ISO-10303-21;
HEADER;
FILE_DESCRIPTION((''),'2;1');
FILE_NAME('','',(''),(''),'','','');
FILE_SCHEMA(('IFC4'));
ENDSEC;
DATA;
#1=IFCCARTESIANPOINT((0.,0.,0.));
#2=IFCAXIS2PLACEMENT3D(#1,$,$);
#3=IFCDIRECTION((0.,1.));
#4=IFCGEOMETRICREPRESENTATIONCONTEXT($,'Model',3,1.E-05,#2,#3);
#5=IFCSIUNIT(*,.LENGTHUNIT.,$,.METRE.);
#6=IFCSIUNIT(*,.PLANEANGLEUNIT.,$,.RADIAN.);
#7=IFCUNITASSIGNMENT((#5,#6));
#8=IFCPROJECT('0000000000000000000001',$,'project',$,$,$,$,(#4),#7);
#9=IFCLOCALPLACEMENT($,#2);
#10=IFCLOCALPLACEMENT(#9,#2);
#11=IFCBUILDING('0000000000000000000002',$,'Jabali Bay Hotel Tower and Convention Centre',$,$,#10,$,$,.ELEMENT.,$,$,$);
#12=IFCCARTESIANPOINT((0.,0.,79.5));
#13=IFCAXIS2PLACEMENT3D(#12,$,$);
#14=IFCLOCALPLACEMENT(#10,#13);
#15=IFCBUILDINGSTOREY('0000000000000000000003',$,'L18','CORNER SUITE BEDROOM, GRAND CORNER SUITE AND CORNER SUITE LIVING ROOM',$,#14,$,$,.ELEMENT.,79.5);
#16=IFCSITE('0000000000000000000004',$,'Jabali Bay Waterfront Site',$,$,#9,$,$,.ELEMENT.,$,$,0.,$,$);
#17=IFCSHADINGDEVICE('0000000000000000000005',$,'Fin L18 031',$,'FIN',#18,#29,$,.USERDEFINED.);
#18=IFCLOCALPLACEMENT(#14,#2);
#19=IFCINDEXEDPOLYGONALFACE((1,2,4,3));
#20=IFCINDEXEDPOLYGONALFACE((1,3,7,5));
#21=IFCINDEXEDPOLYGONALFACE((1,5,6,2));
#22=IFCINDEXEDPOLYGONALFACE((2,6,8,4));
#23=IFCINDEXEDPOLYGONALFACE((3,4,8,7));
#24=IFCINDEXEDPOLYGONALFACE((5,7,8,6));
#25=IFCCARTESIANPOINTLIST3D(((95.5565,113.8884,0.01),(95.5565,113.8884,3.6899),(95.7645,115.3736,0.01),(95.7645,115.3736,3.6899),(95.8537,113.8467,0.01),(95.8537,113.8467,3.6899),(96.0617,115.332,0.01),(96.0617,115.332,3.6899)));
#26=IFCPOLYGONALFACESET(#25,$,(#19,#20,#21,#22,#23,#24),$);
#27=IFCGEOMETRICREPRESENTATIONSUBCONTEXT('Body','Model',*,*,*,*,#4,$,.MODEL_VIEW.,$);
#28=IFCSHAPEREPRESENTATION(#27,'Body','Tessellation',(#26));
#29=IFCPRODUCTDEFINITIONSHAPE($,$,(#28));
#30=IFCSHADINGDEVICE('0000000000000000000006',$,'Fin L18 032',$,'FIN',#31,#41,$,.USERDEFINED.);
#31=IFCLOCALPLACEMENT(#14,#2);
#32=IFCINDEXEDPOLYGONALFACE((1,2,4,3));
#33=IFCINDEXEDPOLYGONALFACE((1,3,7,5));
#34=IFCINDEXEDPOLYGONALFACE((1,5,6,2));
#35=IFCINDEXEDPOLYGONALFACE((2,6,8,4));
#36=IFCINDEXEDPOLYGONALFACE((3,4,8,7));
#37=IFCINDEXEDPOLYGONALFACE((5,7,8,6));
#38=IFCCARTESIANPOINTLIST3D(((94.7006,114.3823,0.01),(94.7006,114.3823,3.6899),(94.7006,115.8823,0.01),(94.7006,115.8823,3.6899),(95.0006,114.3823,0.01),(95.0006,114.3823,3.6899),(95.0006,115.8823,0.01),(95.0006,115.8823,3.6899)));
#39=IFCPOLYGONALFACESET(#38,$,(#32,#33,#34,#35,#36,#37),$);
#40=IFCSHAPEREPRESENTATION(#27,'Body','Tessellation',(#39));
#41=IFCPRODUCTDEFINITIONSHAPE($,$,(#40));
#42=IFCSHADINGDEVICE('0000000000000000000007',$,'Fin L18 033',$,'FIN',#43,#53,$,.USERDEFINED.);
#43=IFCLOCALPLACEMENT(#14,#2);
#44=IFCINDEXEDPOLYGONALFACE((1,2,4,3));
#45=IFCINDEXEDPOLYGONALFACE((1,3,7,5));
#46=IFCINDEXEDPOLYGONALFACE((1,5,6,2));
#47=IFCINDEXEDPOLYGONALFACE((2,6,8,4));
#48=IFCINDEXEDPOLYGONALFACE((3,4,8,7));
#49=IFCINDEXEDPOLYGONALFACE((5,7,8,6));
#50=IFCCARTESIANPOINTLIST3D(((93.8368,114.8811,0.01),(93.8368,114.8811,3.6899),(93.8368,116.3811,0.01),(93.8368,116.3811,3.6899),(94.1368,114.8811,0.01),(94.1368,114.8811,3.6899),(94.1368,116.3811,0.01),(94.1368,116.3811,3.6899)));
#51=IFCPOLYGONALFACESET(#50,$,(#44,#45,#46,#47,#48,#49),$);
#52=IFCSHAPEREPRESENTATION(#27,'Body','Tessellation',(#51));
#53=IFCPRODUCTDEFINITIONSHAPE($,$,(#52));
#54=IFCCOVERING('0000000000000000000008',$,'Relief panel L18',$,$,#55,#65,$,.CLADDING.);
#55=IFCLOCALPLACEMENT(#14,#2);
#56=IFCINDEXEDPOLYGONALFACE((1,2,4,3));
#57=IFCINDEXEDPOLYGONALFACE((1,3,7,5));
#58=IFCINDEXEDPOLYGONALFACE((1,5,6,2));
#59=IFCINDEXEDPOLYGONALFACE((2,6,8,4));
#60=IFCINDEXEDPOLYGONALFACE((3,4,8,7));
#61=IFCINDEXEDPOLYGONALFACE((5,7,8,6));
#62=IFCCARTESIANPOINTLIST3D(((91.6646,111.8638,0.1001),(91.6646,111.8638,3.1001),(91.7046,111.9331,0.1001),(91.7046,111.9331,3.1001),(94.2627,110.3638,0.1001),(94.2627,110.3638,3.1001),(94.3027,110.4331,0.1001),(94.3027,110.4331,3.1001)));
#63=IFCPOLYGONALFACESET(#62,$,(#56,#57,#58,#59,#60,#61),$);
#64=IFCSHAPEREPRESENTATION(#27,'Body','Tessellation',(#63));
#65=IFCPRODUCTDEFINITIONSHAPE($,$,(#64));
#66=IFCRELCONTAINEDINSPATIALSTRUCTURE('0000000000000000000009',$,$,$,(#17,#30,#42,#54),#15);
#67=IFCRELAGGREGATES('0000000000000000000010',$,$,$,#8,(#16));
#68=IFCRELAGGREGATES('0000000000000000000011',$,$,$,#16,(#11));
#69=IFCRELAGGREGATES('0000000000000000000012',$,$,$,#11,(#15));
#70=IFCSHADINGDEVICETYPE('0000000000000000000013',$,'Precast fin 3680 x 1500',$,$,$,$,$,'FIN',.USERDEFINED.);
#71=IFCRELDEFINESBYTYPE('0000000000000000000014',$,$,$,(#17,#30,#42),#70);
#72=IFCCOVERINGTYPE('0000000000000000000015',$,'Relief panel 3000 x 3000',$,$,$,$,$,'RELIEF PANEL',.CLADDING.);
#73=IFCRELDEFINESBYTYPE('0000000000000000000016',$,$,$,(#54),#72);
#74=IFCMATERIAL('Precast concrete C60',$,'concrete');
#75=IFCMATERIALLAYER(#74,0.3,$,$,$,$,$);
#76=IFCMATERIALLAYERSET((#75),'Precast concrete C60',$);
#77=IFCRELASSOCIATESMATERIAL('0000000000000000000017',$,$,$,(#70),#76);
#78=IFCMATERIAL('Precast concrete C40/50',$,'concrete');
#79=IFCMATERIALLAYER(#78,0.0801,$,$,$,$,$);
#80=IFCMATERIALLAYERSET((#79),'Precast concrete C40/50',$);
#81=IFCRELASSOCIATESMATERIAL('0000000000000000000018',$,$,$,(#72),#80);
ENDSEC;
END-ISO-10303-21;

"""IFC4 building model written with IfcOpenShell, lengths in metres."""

from ifc_helpers import new_model, si_unit, direction, frame, frame_2d, origin, origin_2d, place, context, subcontext, project, spatial, rectangle, extrude, material, layer, layer_set, type_object, element, save


model = new_model("IFC4")

# Units and contexts
model_context = context("Model", 3, precision=1e-05, world=origin(), true_north=direction((0.0, 1.0)))
body_context = subcontext(model_context, "Body", "Model", "MODEL_VIEW")
ifc_project = project(units=[si_unit("LENGTHUNIT", "METRE"), si_unit("PLANEANGLEUNIT", "RADIAN")], contexts=[model_context])

# Site, building, storey
site_placement = place(None, origin())
site = spatial("IfcSite", under=ifc_project, at=site_placement, Name="Jabali Bay Waterfront Site", CompositionType="ELEMENT", RefElevation=0.0)
building_placement = place(site_placement, origin())
building = spatial("IfcBuilding", under=site, at=building_placement, Name="Jabali Bay Hotel Tower and Convention Centre", CompositionType="ELEMENT")
storey_placement = place(building_placement, frame((0.0, 0.0, 79.5)))
storey = spatial("IfcBuildingStorey", under=building, at=storey_placement, Name="L18", Description="CORNER SUITE BEDROOM, GRAND CORNER SUITE AND CORNER SUITE LIVING ROOM", CompositionType="ELEMENT", Elevation=79.5)

# Shading devices
ifc_material_1 = material(Name="Precast concrete C60", Category="concrete")
ifc_layer_1 = layer(ifc_material_1, 0.3)
ifc_layer_set_1 = layer_set([ifc_layer_1], Name="Precast concrete C60")
shading_device_type_1 = type_object("IfcShadingDeviceType", Name="Precast fin 3680 x 1500", ElementType="FIN", PredefinedType="USERDEFINED", material=ifc_layer_set_1)
shading_device_1_placement = place(storey_placement, frame((95.7051, 113.8674, 0.01), z_axis=(0.0, 0.0, 1.0), x_axis=(0.138686, 0.990336, 0.0)))
element("IfcShadingDevice", 1, at=shading_device_1_placement, inside=storey, type_object=shading_device_type_1, Name="Fin L18 031", ObjectType="FIN", PredefinedType="USERDEFINED", context=body_context, shape_type="SweptSolid", body=[
    extrude(rectangle(XDim=1.4998, YDim=0.3, at=frame_2d((0.75, 0.0))), origin(), (0.0, 0.0, 1.0), 3.6799),
])
for number, where, z_axis, x_axis, name in (
    (2, (94.8506, 114.3823, 0.01), (0.0, 0.0, 1.0), (0.0, 1.0, 0.0), "Fin L18 032"),
    (3, (93.9868, 114.8811, 0.01), (0.0, 0.0, 1.0), (0.0, 1.0, 0.0), "Fin L18 033"),
):
    element("IfcShadingDevice", number, at=place(storey_placement, frame(where, z_axis=z_axis, x_axis=x_axis)), inside=storey, type_object=shading_device_type_1, Name=name, ObjectType="FIN", PredefinedType="USERDEFINED", context=body_context, shape_type="SweptSolid", body=[
        extrude(rectangle(XDim=1.5, YDim=0.3, at=frame_2d((0.75, 0.0))), origin(), (0.0, 0.0, 1.0), 3.6799),
    ])

# Covering
ifc_material_2 = material(Name="Precast concrete C40/50", Category="concrete")
ifc_layer_2 = layer(ifc_material_2, 0.0801)
ifc_layer_set_2 = layer_set([ifc_layer_2], Name="Precast concrete C40/50")
covering_type = type_object("IfcCoveringType", Name="Relief panel 3000 x 3000", ElementType="RELIEF PANEL", PredefinedType="CLADDING", material=ifc_layer_set_2)
covering_placement = place(storey_placement, frame((92.9836, 111.1484, 0.1001), z_axis=(0.0, 0.0, 1.0), x_axis=(0.866025, -0.5, 0.0)))
element("IfcCovering", 4, at=covering_placement, inside=storey, type_object=covering_type, Name="Relief panel L18", PredefinedType="CLADDING", context=body_context, shape_type="SweptSolid", body=[
    extrude(rectangle(XDim=3.0, YDim=0.0801, at=origin_2d()), origin(), (0.0, 0.0, 1.0), 3.0),
])

save(model, "model.ifc")
